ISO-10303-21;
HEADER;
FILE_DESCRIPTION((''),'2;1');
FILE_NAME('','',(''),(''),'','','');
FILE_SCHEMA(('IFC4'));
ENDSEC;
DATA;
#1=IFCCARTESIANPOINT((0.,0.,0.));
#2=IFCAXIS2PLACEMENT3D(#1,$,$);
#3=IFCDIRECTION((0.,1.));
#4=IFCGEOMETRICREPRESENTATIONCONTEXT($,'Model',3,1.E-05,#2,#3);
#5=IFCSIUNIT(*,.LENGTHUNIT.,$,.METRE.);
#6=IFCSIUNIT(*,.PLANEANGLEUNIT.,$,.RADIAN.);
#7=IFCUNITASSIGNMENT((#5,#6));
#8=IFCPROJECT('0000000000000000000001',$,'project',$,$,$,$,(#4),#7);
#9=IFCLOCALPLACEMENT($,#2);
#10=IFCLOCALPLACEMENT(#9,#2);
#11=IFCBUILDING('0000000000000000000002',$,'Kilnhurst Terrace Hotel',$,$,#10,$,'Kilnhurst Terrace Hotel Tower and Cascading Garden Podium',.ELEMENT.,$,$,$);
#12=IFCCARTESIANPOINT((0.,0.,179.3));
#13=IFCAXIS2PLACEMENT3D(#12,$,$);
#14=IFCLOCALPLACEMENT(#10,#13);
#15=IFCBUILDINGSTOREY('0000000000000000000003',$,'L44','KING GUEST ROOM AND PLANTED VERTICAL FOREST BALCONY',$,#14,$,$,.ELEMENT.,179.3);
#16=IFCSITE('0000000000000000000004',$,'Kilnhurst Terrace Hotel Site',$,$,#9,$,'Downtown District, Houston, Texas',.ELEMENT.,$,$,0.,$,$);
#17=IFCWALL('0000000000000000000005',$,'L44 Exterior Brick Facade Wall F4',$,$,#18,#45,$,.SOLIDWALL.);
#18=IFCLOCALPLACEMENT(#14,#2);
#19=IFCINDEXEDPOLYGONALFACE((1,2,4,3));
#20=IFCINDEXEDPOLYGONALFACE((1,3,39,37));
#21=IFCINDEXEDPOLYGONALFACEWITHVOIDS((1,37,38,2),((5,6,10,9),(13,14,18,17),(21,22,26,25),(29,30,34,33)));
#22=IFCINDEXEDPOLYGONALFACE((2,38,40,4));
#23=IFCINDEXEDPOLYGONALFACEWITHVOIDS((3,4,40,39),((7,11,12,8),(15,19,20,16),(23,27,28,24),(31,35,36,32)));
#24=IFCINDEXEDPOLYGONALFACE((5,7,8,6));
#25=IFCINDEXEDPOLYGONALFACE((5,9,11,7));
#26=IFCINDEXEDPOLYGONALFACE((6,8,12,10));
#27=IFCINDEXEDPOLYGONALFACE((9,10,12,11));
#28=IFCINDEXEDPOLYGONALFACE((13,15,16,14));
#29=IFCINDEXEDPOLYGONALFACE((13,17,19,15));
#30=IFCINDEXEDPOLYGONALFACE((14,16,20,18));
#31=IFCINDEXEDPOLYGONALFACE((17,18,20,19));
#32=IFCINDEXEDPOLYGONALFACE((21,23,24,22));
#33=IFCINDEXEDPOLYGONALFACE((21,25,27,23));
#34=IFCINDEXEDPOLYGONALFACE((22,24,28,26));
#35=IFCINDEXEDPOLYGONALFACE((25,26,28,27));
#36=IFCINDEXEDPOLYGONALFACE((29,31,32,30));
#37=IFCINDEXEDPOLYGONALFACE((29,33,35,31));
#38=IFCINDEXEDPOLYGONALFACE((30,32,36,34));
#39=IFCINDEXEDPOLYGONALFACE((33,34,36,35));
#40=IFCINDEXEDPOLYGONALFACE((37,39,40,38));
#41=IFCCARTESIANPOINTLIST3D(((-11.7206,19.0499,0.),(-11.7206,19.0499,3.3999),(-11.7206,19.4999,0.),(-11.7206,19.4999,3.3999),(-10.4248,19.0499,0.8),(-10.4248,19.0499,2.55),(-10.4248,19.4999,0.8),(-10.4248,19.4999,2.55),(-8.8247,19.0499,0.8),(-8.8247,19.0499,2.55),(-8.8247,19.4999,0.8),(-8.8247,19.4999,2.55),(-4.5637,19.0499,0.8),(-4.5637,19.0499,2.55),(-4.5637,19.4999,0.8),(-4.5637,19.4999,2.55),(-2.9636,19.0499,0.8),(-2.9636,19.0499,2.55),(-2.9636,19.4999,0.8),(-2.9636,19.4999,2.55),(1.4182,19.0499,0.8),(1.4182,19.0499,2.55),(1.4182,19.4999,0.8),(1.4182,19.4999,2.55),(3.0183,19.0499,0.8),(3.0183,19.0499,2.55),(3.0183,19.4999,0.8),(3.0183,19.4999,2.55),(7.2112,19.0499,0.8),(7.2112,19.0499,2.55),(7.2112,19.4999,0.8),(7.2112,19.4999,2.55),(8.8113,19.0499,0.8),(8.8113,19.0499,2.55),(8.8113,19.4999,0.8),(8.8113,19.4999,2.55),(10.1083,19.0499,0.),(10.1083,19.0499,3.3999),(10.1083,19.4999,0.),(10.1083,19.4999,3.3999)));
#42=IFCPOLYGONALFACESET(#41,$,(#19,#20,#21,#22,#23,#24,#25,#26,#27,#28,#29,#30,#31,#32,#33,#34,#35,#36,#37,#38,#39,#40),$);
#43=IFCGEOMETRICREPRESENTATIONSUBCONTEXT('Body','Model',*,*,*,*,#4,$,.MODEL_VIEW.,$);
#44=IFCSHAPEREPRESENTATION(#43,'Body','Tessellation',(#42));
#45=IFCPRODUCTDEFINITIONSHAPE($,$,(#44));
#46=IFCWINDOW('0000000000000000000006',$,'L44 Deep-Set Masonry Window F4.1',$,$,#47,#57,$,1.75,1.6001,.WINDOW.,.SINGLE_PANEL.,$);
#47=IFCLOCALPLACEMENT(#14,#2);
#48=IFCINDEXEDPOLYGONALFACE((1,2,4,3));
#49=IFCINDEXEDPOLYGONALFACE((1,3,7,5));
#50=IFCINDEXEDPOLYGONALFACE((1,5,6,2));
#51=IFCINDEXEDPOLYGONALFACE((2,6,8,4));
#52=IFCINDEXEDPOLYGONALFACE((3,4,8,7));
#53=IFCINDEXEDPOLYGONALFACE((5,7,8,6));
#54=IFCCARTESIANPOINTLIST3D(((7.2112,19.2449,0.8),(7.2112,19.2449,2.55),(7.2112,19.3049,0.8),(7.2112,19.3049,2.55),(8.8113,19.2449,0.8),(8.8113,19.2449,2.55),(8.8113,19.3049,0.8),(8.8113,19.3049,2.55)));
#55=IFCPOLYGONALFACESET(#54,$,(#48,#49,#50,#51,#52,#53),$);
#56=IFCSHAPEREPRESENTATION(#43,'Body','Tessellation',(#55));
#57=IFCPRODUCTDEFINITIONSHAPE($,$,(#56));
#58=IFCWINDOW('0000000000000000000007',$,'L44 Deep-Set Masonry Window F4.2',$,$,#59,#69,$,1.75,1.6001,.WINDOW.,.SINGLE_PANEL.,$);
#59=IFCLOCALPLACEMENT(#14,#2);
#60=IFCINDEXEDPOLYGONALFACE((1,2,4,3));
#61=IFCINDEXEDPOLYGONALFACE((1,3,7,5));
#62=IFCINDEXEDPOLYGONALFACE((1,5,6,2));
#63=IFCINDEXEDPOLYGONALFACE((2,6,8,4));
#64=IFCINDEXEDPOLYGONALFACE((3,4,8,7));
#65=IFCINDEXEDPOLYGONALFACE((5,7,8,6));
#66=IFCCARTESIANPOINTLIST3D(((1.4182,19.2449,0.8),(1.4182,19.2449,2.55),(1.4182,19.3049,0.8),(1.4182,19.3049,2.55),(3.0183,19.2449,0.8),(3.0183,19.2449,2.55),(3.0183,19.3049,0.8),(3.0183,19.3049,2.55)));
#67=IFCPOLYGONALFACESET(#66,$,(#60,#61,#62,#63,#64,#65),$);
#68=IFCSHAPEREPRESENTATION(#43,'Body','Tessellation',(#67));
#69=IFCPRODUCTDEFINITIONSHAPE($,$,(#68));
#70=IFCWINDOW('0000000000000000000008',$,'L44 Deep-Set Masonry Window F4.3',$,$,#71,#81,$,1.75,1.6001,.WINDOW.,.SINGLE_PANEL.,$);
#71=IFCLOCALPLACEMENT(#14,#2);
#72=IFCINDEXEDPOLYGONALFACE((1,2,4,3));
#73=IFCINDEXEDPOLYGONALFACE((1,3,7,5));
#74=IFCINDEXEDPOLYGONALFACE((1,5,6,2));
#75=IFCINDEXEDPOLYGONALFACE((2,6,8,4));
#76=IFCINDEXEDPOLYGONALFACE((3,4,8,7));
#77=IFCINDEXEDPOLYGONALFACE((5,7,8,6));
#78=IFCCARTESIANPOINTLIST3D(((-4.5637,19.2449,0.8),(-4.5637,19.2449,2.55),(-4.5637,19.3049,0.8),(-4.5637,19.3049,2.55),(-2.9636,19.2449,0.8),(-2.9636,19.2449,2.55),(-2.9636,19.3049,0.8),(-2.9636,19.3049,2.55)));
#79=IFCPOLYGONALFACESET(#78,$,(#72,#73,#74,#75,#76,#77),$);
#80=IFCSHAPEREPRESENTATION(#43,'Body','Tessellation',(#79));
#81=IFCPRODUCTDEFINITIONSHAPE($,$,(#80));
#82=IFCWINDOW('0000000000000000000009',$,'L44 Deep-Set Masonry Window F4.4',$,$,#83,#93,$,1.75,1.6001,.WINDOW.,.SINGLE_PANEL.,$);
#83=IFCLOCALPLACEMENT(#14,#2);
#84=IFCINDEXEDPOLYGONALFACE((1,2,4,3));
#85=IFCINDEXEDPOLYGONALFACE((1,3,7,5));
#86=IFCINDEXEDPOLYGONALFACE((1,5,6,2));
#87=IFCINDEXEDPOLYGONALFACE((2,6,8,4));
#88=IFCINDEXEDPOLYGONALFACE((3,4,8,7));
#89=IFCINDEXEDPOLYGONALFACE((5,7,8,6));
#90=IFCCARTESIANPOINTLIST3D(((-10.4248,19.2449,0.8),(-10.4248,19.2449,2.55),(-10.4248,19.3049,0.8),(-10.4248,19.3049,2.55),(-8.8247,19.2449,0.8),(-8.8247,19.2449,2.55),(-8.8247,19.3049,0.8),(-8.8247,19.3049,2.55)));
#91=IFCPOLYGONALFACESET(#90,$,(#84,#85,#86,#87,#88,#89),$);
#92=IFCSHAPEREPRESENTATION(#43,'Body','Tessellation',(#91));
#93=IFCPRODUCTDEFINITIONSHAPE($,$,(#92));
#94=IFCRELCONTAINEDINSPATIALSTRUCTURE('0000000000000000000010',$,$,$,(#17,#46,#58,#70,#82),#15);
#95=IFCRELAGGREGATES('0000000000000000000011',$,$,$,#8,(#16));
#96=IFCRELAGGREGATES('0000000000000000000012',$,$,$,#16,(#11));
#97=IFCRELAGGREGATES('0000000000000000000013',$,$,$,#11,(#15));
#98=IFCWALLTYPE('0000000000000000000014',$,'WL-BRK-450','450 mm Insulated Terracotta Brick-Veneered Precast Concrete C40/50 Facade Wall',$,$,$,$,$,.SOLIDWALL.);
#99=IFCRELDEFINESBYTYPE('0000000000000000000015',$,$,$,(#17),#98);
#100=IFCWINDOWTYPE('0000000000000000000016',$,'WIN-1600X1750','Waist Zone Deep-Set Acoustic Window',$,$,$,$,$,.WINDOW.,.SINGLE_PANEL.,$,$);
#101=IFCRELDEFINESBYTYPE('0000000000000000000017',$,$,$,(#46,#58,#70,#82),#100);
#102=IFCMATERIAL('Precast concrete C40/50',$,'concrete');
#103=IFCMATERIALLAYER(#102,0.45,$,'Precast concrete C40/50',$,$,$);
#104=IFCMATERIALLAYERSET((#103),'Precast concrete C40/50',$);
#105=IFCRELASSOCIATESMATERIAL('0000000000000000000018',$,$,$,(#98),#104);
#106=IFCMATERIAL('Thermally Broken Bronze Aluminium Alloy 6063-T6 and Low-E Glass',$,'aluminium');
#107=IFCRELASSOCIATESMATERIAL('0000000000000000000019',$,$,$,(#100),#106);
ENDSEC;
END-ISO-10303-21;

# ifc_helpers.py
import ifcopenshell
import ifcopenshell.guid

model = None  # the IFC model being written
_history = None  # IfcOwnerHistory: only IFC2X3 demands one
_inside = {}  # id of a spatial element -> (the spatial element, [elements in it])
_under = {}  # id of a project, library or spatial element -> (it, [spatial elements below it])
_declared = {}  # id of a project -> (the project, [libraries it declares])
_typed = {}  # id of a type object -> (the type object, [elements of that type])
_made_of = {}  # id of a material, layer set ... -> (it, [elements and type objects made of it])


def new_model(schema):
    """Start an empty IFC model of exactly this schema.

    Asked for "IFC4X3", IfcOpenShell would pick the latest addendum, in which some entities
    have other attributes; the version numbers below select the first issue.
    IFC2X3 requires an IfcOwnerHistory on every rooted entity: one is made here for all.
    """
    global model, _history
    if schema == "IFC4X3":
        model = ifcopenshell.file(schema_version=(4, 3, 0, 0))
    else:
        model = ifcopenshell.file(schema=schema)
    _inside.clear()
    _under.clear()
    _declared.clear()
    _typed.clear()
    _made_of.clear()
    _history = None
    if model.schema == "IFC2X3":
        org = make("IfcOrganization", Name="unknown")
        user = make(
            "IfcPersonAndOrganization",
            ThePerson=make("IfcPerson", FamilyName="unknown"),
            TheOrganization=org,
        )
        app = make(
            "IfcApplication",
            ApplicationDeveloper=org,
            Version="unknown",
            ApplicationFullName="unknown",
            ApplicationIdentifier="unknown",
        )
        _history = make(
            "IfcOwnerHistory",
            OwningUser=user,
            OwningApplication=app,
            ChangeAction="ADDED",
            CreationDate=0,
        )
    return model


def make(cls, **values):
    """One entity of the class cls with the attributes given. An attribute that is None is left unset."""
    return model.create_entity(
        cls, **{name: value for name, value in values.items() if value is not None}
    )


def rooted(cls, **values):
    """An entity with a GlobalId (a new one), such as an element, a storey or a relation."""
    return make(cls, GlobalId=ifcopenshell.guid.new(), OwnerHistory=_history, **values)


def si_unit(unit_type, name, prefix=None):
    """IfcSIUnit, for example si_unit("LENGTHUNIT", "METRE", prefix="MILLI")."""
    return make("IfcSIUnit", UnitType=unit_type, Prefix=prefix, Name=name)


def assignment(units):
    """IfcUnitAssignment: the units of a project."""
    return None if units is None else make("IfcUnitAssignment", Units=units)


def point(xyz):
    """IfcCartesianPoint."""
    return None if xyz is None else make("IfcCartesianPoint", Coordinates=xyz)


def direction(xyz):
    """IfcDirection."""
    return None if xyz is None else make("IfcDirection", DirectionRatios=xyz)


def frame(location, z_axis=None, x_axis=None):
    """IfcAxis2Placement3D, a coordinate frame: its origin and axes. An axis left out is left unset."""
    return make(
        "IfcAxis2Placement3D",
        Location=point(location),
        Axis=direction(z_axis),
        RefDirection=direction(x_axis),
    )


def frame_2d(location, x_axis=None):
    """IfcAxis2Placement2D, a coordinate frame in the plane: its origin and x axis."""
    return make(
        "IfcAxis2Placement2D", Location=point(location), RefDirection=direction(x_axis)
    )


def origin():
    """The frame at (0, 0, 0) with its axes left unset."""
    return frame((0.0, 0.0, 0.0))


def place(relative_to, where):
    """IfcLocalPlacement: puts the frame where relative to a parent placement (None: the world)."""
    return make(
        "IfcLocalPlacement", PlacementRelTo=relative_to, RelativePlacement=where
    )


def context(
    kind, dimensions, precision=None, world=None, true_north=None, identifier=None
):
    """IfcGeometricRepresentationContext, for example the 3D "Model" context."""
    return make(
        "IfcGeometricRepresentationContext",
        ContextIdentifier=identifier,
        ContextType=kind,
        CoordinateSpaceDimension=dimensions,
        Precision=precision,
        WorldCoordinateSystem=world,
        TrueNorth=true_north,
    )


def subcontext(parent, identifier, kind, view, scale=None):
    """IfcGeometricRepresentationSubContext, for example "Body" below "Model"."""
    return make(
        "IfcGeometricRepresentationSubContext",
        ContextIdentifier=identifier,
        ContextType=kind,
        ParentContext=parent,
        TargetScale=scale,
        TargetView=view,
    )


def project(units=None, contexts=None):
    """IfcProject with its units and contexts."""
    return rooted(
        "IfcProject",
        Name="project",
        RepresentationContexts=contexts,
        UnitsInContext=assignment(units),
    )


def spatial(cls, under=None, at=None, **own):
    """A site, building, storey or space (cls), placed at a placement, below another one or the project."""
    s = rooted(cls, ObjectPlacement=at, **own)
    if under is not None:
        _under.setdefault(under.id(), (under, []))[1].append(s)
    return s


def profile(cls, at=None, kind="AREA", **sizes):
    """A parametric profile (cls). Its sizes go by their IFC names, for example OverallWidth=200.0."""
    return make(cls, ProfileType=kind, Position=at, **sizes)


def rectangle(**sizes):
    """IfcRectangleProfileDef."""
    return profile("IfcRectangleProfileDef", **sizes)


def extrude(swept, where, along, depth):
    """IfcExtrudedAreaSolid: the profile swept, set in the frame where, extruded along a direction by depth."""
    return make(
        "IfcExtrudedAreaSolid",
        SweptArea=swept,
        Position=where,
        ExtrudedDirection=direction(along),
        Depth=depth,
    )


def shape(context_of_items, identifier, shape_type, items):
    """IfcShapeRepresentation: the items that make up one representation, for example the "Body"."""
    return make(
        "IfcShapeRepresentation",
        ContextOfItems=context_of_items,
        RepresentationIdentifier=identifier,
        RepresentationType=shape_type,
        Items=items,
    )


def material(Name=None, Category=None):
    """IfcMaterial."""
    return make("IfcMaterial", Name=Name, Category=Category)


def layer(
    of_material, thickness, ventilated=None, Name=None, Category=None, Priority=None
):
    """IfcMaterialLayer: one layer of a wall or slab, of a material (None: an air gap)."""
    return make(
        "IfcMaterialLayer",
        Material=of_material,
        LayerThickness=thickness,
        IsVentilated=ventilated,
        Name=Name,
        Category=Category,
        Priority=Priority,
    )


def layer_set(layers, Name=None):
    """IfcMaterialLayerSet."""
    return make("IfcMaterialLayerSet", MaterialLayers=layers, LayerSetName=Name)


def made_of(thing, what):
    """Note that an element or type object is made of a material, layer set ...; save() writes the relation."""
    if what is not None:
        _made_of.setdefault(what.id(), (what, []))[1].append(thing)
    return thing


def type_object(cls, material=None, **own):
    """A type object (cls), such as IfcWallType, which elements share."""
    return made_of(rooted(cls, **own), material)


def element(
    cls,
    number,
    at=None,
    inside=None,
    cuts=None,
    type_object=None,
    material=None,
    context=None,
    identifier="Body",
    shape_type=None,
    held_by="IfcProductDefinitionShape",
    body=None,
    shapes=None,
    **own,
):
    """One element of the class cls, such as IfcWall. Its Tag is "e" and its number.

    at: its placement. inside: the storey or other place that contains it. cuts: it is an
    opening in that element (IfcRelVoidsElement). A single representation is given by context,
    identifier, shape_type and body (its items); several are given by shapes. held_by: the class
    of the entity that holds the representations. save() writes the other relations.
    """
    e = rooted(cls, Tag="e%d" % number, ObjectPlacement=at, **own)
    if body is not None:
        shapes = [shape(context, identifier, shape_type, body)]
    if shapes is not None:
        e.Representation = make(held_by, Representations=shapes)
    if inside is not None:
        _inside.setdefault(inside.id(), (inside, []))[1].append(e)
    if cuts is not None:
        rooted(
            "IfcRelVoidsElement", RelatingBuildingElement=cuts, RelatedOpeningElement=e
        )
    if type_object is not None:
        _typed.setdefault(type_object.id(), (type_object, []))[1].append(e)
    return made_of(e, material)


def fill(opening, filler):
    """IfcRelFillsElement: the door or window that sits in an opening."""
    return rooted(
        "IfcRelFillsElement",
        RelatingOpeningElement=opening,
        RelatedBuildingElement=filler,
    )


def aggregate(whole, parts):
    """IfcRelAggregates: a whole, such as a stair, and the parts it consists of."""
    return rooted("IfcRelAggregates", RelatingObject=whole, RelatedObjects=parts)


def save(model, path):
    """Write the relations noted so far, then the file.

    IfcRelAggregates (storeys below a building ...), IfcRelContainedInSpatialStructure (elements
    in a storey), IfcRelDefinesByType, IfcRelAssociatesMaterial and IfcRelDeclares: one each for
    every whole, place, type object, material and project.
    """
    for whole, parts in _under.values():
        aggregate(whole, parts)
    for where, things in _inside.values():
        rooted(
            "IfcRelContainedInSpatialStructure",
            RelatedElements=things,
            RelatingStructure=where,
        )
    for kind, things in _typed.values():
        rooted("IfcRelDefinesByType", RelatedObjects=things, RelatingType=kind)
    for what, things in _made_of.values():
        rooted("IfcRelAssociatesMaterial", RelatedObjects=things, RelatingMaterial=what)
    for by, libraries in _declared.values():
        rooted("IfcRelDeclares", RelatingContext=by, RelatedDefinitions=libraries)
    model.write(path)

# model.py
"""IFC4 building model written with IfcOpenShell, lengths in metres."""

from ifc_helpers import new_model, si_unit, direction, frame, frame_2d, origin, place, context, subcontext, project, spatial, rectangle, extrude, material, layer, layer_set, type_object, element, fill, save


model = new_model("IFC4")

# Units and contexts
model_context = context("Model", 3, precision=1e-05, world=origin(), true_north=direction((0.0, 1.0)))
body_context = subcontext(model_context, "Body", "Model", "MODEL_VIEW")
ifc_project = project(units=[si_unit("LENGTHUNIT", "METRE"), si_unit("PLANEANGLEUNIT", "RADIAN")], contexts=[model_context])

# Site, building, storey
site_placement = place(None, origin())
site = spatial("IfcSite", under=ifc_project, at=site_placement, Name="Kilnhurst Terrace Hotel Site", LongName="Downtown District, Houston, Texas", CompositionType="ELEMENT", RefElevation=0.0)
building_placement = place(site_placement, origin())
building = spatial("IfcBuilding", under=site, at=building_placement, Name="Kilnhurst Terrace Hotel", LongName="Kilnhurst Terrace Hotel Tower and Cascading Garden Podium", CompositionType="ELEMENT")
storey_placement = place(building_placement, frame((0.0, 0.0, 179.3)))
storey = spatial("IfcBuildingStorey", under=building, at=storey_placement, Name="L44", Description="KING GUEST ROOM AND PLANTED VERTICAL FOREST BALCONY", CompositionType="ELEMENT", Elevation=179.3)

# Shared definitions
ifc_material_1 = material(Name="Precast concrete C40/50", Category="concrete")
ifc_layer_1 = layer(ifc_material_1, 0.45, Name="Precast concrete C40/50")
ifc_layer_set_1 = layer_set([ifc_layer_1], Name="Precast concrete C40/50")
wall_type_1 = type_object("IfcWallType", Name="WL-BRK-450", Description="450 mm Insulated Terracotta Brick-Veneered Precast Concrete C40/50 Facade Wall", PredefinedType="SOLIDWALL", material=ifc_layer_set_1)

# Wall, openings, windows
wall_1_placement = place(storey_placement, frame((10.1084, 19.2749, 0.0), z_axis=(0.0, 0.0, 1.0), x_axis=(-1.0, 0.0, 0.0)))
wall_1 = element("IfcWall", 1, at=wall_1_placement, inside=storey, type_object=wall_type_1, Name="L44 Exterior Brick Facade Wall F4", PredefinedType="SOLIDWALL", context=body_context, shape_type="SweptSolid", body=[
    extrude(rectangle(XDim=21.8289, YDim=0.45, at=frame_2d((10.9146, 0.0))), origin(), (0.0, 0.0, 1.0), 3.3999),
])
opening_1_placement = place(wall_1_placement, frame((1.2971, 0.0, 0.8)))
opening_1 = element("IfcOpeningElement", 2, at=opening_1_placement, cuts=wall_1, PredefinedType="OPENING", context=body_context, shape_type="SweptSolid", body=[
    extrude(rectangle(XDim=1.6001, YDim=1.75, at=frame_2d((0.8, 0.875))), frame((0.0, 0.2349, 0.0), z_axis=(0.0, -1.0, 0.0), x_axis=(1.0, 0.0, 0.0)), (0.0, 0.0, 1.0), 0.47),
])
opening_2_placement = place(wall_1_placement, frame((7.0901, 0.0, 0.8)))
opening_2 = element("IfcOpeningElement", 3, at=opening_2_placement, cuts=wall_1, PredefinedType="OPENING", context=body_context, shape_type="SweptSolid", body=[
    extrude(rectangle(XDim=1.6001, YDim=1.75, at=frame_2d((0.8, 0.875))), frame((0.0, 0.2349, 0.0), z_axis=(0.0, -1.0, 0.0), x_axis=(1.0, 0.0, 0.0)), (0.0, 0.0, 1.0), 0.47),
])
opening_3_placement = place(wall_1_placement, frame((13.072, 0.0, 0.8)))
opening_3 = element("IfcOpeningElement", 4, at=opening_3_placement, cuts=wall_1, PredefinedType="OPENING", context=body_context, shape_type="SweptSolid", body=[
    extrude(rectangle(XDim=1.6001, YDim=1.75, at=frame_2d((0.8, 0.875))), frame((0.0, 0.2349, 0.0), z_axis=(0.0, -1.0, 0.0), x_axis=(1.0, 0.0, 0.0)), (0.0, 0.0, 1.0), 0.47),
])
opening_4_placement = place(wall_1_placement, frame((18.9331, 0.0, 0.8)))
opening_4 = element("IfcOpeningElement", 5, at=opening_4_placement, cuts=wall_1, PredefinedType="OPENING", context=body_context, shape_type="SweptSolid", body=[
    extrude(rectangle(XDim=1.6001, YDim=1.75, at=frame_2d((0.8, 0.875))), frame((0.0, 0.2349, 0.0), z_axis=(0.0, -1.0, 0.0), x_axis=(1.0, 0.0, 0.0)), (0.0, 0.0, 1.0), 0.47),
])
ifc_material_2 = material(Name="Thermally Broken Bronze Aluminium Alloy 6063-T6 and Low-E Glass", Category="aluminium")
window_type = type_object("IfcWindowType", Name="WIN-1600X1750", Description="Waist Zone Deep-Set Acoustic Window", PartitioningType="SINGLE_PANEL", PredefinedType="WINDOW", material=ifc_material_2)
window_1_placement = place(opening_1_placement, origin())
window_1 = element("IfcWindow", 6, at=window_1_placement, inside=storey, type_object=window_type, Name="L44 Deep-Set Masonry Window F4.1", OverallHeight=1.75, OverallWidth=1.6001, PartitioningType="SINGLE_PANEL", PredefinedType="WINDOW", context=body_context, shape_type="SweptSolid", body=[
    extrude(rectangle(XDim=1.6001, YDim=1.75, at=frame_2d((0.8, 0.875))), frame((0.0, 0.03, 0.0), z_axis=(0.0, -1.0, 0.0), x_axis=(1.0, 0.0, 0.0)), (0.0, 0.0, 1.0), 0.0601),
])
fill(opening_1, window_1)
window_2_placement = place(opening_2_placement, origin())
window_2 = element("IfcWindow", 7, at=window_2_placement, inside=storey, type_object=window_type, Name="L44 Deep-Set Masonry Window F4.2", OverallHeight=1.75, OverallWidth=1.6001, PartitioningType="SINGLE_PANEL", PredefinedType="WINDOW", context=body_context, shape_type="SweptSolid", body=[
    extrude(rectangle(XDim=1.6001, YDim=1.75, at=frame_2d((0.8, 0.875))), frame((0.0, 0.03, 0.0), z_axis=(0.0, -1.0, 0.0), x_axis=(1.0, 0.0, 0.0)), (0.0, 0.0, 1.0), 0.0601),
])
fill(opening_2, window_2)
window_3_placement = place(opening_3_placement, origin())
window_3 = element("IfcWindow", 8, at=window_3_placement, inside=storey, type_object=window_type, Name="L44 Deep-Set Masonry Window F4.3", OverallHeight=1.75, OverallWidth=1.6001, PartitioningType="SINGLE_PANEL", PredefinedType="WINDOW", context=body_context, shape_type="SweptSolid", body=[
    extrude(rectangle(XDim=1.6001, YDim=1.75, at=frame_2d((0.8, 0.875))), frame((0.0, 0.03, 0.0), z_axis=(0.0, -1.0, 0.0), x_axis=(1.0, 0.0, 0.0)), (0.0, 0.0, 1.0), 0.0601),
])
fill(opening_3, window_3)
window_4_placement = place(opening_4_placement, origin())
window_4 = element("IfcWindow", 9, at=window_4_placement, inside=storey, type_object=window_type, Name="L44 Deep-Set Masonry Window F4.4", OverallHeight=1.75, OverallWidth=1.6001, PartitioningType="SINGLE_PANEL", PredefinedType="WINDOW", context=body_context, shape_type="SweptSolid", body=[
    extrude(rectangle(XDim=1.6001, YDim=1.75, at=frame_2d((0.8, 0.875))), frame((0.0, 0.03, 0.0), z_axis=(0.0, -1.0, 0.0), x_axis=(1.0, 0.0, 0.0)), (0.0, 0.0, 1.0), 0.0601),
])
fill(opening_4, window_4)

save(model, "model.ifc")
